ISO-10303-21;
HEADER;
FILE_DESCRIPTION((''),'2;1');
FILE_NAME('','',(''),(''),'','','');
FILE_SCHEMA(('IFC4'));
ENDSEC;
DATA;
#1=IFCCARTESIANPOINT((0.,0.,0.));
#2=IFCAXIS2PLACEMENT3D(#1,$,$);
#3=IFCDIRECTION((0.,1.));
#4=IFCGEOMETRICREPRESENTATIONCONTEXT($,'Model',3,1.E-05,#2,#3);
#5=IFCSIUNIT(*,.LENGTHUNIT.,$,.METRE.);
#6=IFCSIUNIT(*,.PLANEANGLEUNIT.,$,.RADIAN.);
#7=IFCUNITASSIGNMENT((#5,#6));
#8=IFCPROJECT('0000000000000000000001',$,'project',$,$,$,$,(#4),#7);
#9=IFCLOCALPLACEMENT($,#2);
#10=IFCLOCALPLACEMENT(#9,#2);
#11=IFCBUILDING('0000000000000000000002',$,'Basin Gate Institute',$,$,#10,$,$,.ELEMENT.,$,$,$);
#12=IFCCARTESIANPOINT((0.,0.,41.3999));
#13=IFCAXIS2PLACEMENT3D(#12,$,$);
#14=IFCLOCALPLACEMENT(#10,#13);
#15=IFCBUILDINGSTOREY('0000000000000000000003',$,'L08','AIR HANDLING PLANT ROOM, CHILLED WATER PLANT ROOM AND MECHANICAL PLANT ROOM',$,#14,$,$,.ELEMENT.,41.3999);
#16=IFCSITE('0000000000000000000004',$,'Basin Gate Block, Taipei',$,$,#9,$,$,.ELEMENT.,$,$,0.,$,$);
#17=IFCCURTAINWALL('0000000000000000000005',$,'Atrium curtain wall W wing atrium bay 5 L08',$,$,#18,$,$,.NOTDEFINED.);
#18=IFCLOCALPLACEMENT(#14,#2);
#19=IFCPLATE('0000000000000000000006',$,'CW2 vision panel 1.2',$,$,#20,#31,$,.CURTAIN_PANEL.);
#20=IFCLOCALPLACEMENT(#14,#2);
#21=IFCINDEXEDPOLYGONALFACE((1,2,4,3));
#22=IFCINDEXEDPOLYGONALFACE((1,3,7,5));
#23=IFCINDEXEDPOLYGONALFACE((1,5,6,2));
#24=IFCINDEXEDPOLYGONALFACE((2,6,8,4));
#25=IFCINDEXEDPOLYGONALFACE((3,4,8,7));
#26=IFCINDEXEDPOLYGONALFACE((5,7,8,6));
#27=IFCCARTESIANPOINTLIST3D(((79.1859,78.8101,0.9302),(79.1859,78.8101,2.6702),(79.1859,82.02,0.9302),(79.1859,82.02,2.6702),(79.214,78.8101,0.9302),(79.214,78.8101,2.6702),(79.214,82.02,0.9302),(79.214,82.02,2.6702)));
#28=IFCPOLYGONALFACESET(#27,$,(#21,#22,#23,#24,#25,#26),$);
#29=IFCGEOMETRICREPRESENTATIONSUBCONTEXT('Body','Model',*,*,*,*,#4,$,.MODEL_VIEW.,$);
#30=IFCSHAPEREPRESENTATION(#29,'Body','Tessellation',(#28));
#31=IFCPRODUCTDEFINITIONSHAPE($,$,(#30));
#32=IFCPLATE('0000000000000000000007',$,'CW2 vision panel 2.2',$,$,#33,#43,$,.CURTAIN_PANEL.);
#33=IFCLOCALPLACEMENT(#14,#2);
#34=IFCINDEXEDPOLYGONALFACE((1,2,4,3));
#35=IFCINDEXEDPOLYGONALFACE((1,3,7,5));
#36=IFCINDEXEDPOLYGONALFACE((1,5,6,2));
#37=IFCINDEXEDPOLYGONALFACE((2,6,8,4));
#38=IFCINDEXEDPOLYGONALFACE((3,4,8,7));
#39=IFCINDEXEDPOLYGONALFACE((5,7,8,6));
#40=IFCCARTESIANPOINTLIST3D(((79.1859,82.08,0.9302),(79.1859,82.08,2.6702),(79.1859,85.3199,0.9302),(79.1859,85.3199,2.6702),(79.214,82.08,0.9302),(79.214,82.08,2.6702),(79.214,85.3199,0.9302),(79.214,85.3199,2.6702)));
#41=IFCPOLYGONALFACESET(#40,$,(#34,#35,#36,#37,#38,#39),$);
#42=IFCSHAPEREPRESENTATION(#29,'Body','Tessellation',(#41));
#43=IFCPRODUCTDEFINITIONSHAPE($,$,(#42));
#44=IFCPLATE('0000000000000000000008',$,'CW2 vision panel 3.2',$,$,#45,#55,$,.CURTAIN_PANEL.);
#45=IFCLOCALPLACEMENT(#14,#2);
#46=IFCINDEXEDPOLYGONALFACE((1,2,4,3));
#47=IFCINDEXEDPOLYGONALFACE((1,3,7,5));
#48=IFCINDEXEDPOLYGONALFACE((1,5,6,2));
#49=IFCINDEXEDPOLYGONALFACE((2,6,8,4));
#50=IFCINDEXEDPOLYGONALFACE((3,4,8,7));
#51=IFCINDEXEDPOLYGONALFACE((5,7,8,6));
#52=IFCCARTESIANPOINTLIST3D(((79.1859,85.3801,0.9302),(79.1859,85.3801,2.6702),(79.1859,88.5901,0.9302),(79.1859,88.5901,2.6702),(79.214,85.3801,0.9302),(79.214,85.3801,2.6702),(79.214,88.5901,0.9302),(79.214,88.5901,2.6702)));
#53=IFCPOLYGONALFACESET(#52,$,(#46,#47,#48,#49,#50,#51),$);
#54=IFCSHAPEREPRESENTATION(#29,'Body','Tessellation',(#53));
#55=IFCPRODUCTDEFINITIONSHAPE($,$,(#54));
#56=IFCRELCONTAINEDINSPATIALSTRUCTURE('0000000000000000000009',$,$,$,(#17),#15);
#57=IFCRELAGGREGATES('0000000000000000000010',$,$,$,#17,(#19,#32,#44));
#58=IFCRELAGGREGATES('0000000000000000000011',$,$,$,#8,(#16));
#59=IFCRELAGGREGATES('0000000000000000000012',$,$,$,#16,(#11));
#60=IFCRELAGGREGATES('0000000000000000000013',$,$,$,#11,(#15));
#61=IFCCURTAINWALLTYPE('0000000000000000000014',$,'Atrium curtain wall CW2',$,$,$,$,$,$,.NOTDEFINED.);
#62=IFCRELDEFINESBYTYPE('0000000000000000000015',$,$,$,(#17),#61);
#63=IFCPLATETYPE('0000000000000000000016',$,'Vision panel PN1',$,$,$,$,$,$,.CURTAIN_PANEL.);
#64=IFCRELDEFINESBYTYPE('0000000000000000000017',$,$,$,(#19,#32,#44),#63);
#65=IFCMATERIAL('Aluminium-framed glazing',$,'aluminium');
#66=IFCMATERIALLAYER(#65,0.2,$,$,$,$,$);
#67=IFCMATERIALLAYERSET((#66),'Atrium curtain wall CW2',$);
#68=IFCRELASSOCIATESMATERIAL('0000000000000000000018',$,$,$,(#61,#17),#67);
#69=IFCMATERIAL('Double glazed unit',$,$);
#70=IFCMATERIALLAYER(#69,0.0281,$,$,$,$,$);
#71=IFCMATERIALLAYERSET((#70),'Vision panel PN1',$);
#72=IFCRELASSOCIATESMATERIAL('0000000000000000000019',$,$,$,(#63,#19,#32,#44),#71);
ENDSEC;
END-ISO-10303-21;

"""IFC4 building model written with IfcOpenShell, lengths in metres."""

from ifc_helpers import new_model, si_unit, direction, frame, origin, origin_2d, place, context, subcontext, project, spatial, rectangle, extrude, material, layer, layer_set, type_object, element, aggregate, save


model = new_model("IFC4")

# Units and contexts
model_context = context("Model", 3, precision=1e-05, world=origin(), true_north=direction((0.0, 1.0)))
body_context = subcontext(model_context, "Body", "Model", "MODEL_VIEW")
ifc_project = project(units=[si_unit("LENGTHUNIT", "METRE"), si_unit("PLANEANGLEUNIT", "RADIAN")], contexts=[model_context])

# Site, building, storey
site_placement = place(None, origin())
site = spatial("IfcSite", under=ifc_project, at=site_placement, Name="Basin Gate Block, Taipei", CompositionType="ELEMENT", RefElevation=0.0)
building_placement = place(site_placement, origin())
building = spatial("IfcBuilding", under=site, at=building_placement, Name="Basin Gate Institute", CompositionType="ELEMENT")
storey_placement = place(building_placement, frame((0.0, 0.0, 41.3999)))
storey = spatial("IfcBuildingStorey", under=building, at=storey_placement, Name="L08", Description="AIR HANDLING PLANT ROOM, CHILLED WATER PLANT ROOM AND MECHANICAL PLANT ROOM", CompositionType="ELEMENT", Elevation=41.3999)

# Curtain wall
ifc_material_1 = material(Name="Aluminium-framed glazing", Category="aluminium")
ifc_layer_1 = layer(ifc_material_1, 0.2)
ifc_layer_set_1 = layer_set([ifc_layer_1], Name="Atrium curtain wall CW2")
curtain_wall_type = type_object("IfcCurtainWallType", Name="Atrium curtain wall CW2", PredefinedType="NOTDEFINED", material=ifc_layer_set_1)
curtain_wall_1_placement = place(storey_placement, origin())
curtain_wall_1 = element("IfcCurtainWall", 1, at=curtain_wall_1_placement, inside=storey, type_object=curtain_wall_type, material=ifc_layer_set_1, Name="Atrium curtain wall W wing atrium bay 5 L08", PredefinedType="NOTDEFINED")

# Plates
ifc_material_2 = material(Name="Double glazed unit")
ifc_layer_2 = layer(ifc_material_2, 0.0281)
ifc_layer_set_2 = layer_set([ifc_layer_2], Name="Vision panel PN1")
plate_type_1 = type_object("IfcPlateType", Name="Vision panel PN1", PredefinedType="CURTAIN_PANEL", material=ifc_layer_set_2)
plate_1_placement = place(storey_placement, frame((79.2, 80.415, 0.9302), z_axis=(0.0, 0.0, 1.0), x_axis=(0.0, 1.0, 0.0)))
plate_1 = element("IfcPlate", 2, at=plate_1_placement, type_object=plate_type_1, material=ifc_layer_set_2, Name="CW2 vision panel 1.2", PredefinedType="CURTAIN_PANEL", context=body_context, shape_type="SweptSolid", body=[
    extrude(rectangle(XDim=3.21, YDim=0.0281, at=origin_2d()), origin(), (0.0, 0.0, 1.0), 1.74),
])
plate_2_placement = place(storey_placement, frame((79.2, 83.7, 0.9302), z_axis=(0.0, 0.0, 1.0), x_axis=(0.0, 1.0, 0.0)))
plate_2 = element("IfcPlate", 3, at=plate_2_placement, type_object=plate_type_1, material=ifc_layer_set_2, Name="CW2 vision panel 2.2", PredefinedType="CURTAIN_PANEL", context=body_context, shape_type="SweptSolid", body=[
    extrude(rectangle(XDim=3.24, YDim=0.0281, at=origin_2d()), origin(), (0.0, 0.0, 1.0), 1.74),
])
plate_3_placement = place(storey_placement, frame((79.2, 86.9851, 0.9302), z_axis=(0.0, 0.0, 1.0), x_axis=(0.0, 1.0, 0.0)))
plate_3 = element("IfcPlate", 4, at=plate_3_placement, type_object=plate_type_1, material=ifc_layer_set_2, Name="CW2 vision panel 3.2", PredefinedType="CURTAIN_PANEL", context=body_context, shape_type="SweptSolid", body=[
    extrude(rectangle(XDim=3.21, YDim=0.0281, at=origin_2d()), origin(), (0.0, 0.0, 1.0), 1.74),
])
aggregate(curtain_wall_1, [plate_1, plate_2, plate_3])

save(model, "model.ifc")
